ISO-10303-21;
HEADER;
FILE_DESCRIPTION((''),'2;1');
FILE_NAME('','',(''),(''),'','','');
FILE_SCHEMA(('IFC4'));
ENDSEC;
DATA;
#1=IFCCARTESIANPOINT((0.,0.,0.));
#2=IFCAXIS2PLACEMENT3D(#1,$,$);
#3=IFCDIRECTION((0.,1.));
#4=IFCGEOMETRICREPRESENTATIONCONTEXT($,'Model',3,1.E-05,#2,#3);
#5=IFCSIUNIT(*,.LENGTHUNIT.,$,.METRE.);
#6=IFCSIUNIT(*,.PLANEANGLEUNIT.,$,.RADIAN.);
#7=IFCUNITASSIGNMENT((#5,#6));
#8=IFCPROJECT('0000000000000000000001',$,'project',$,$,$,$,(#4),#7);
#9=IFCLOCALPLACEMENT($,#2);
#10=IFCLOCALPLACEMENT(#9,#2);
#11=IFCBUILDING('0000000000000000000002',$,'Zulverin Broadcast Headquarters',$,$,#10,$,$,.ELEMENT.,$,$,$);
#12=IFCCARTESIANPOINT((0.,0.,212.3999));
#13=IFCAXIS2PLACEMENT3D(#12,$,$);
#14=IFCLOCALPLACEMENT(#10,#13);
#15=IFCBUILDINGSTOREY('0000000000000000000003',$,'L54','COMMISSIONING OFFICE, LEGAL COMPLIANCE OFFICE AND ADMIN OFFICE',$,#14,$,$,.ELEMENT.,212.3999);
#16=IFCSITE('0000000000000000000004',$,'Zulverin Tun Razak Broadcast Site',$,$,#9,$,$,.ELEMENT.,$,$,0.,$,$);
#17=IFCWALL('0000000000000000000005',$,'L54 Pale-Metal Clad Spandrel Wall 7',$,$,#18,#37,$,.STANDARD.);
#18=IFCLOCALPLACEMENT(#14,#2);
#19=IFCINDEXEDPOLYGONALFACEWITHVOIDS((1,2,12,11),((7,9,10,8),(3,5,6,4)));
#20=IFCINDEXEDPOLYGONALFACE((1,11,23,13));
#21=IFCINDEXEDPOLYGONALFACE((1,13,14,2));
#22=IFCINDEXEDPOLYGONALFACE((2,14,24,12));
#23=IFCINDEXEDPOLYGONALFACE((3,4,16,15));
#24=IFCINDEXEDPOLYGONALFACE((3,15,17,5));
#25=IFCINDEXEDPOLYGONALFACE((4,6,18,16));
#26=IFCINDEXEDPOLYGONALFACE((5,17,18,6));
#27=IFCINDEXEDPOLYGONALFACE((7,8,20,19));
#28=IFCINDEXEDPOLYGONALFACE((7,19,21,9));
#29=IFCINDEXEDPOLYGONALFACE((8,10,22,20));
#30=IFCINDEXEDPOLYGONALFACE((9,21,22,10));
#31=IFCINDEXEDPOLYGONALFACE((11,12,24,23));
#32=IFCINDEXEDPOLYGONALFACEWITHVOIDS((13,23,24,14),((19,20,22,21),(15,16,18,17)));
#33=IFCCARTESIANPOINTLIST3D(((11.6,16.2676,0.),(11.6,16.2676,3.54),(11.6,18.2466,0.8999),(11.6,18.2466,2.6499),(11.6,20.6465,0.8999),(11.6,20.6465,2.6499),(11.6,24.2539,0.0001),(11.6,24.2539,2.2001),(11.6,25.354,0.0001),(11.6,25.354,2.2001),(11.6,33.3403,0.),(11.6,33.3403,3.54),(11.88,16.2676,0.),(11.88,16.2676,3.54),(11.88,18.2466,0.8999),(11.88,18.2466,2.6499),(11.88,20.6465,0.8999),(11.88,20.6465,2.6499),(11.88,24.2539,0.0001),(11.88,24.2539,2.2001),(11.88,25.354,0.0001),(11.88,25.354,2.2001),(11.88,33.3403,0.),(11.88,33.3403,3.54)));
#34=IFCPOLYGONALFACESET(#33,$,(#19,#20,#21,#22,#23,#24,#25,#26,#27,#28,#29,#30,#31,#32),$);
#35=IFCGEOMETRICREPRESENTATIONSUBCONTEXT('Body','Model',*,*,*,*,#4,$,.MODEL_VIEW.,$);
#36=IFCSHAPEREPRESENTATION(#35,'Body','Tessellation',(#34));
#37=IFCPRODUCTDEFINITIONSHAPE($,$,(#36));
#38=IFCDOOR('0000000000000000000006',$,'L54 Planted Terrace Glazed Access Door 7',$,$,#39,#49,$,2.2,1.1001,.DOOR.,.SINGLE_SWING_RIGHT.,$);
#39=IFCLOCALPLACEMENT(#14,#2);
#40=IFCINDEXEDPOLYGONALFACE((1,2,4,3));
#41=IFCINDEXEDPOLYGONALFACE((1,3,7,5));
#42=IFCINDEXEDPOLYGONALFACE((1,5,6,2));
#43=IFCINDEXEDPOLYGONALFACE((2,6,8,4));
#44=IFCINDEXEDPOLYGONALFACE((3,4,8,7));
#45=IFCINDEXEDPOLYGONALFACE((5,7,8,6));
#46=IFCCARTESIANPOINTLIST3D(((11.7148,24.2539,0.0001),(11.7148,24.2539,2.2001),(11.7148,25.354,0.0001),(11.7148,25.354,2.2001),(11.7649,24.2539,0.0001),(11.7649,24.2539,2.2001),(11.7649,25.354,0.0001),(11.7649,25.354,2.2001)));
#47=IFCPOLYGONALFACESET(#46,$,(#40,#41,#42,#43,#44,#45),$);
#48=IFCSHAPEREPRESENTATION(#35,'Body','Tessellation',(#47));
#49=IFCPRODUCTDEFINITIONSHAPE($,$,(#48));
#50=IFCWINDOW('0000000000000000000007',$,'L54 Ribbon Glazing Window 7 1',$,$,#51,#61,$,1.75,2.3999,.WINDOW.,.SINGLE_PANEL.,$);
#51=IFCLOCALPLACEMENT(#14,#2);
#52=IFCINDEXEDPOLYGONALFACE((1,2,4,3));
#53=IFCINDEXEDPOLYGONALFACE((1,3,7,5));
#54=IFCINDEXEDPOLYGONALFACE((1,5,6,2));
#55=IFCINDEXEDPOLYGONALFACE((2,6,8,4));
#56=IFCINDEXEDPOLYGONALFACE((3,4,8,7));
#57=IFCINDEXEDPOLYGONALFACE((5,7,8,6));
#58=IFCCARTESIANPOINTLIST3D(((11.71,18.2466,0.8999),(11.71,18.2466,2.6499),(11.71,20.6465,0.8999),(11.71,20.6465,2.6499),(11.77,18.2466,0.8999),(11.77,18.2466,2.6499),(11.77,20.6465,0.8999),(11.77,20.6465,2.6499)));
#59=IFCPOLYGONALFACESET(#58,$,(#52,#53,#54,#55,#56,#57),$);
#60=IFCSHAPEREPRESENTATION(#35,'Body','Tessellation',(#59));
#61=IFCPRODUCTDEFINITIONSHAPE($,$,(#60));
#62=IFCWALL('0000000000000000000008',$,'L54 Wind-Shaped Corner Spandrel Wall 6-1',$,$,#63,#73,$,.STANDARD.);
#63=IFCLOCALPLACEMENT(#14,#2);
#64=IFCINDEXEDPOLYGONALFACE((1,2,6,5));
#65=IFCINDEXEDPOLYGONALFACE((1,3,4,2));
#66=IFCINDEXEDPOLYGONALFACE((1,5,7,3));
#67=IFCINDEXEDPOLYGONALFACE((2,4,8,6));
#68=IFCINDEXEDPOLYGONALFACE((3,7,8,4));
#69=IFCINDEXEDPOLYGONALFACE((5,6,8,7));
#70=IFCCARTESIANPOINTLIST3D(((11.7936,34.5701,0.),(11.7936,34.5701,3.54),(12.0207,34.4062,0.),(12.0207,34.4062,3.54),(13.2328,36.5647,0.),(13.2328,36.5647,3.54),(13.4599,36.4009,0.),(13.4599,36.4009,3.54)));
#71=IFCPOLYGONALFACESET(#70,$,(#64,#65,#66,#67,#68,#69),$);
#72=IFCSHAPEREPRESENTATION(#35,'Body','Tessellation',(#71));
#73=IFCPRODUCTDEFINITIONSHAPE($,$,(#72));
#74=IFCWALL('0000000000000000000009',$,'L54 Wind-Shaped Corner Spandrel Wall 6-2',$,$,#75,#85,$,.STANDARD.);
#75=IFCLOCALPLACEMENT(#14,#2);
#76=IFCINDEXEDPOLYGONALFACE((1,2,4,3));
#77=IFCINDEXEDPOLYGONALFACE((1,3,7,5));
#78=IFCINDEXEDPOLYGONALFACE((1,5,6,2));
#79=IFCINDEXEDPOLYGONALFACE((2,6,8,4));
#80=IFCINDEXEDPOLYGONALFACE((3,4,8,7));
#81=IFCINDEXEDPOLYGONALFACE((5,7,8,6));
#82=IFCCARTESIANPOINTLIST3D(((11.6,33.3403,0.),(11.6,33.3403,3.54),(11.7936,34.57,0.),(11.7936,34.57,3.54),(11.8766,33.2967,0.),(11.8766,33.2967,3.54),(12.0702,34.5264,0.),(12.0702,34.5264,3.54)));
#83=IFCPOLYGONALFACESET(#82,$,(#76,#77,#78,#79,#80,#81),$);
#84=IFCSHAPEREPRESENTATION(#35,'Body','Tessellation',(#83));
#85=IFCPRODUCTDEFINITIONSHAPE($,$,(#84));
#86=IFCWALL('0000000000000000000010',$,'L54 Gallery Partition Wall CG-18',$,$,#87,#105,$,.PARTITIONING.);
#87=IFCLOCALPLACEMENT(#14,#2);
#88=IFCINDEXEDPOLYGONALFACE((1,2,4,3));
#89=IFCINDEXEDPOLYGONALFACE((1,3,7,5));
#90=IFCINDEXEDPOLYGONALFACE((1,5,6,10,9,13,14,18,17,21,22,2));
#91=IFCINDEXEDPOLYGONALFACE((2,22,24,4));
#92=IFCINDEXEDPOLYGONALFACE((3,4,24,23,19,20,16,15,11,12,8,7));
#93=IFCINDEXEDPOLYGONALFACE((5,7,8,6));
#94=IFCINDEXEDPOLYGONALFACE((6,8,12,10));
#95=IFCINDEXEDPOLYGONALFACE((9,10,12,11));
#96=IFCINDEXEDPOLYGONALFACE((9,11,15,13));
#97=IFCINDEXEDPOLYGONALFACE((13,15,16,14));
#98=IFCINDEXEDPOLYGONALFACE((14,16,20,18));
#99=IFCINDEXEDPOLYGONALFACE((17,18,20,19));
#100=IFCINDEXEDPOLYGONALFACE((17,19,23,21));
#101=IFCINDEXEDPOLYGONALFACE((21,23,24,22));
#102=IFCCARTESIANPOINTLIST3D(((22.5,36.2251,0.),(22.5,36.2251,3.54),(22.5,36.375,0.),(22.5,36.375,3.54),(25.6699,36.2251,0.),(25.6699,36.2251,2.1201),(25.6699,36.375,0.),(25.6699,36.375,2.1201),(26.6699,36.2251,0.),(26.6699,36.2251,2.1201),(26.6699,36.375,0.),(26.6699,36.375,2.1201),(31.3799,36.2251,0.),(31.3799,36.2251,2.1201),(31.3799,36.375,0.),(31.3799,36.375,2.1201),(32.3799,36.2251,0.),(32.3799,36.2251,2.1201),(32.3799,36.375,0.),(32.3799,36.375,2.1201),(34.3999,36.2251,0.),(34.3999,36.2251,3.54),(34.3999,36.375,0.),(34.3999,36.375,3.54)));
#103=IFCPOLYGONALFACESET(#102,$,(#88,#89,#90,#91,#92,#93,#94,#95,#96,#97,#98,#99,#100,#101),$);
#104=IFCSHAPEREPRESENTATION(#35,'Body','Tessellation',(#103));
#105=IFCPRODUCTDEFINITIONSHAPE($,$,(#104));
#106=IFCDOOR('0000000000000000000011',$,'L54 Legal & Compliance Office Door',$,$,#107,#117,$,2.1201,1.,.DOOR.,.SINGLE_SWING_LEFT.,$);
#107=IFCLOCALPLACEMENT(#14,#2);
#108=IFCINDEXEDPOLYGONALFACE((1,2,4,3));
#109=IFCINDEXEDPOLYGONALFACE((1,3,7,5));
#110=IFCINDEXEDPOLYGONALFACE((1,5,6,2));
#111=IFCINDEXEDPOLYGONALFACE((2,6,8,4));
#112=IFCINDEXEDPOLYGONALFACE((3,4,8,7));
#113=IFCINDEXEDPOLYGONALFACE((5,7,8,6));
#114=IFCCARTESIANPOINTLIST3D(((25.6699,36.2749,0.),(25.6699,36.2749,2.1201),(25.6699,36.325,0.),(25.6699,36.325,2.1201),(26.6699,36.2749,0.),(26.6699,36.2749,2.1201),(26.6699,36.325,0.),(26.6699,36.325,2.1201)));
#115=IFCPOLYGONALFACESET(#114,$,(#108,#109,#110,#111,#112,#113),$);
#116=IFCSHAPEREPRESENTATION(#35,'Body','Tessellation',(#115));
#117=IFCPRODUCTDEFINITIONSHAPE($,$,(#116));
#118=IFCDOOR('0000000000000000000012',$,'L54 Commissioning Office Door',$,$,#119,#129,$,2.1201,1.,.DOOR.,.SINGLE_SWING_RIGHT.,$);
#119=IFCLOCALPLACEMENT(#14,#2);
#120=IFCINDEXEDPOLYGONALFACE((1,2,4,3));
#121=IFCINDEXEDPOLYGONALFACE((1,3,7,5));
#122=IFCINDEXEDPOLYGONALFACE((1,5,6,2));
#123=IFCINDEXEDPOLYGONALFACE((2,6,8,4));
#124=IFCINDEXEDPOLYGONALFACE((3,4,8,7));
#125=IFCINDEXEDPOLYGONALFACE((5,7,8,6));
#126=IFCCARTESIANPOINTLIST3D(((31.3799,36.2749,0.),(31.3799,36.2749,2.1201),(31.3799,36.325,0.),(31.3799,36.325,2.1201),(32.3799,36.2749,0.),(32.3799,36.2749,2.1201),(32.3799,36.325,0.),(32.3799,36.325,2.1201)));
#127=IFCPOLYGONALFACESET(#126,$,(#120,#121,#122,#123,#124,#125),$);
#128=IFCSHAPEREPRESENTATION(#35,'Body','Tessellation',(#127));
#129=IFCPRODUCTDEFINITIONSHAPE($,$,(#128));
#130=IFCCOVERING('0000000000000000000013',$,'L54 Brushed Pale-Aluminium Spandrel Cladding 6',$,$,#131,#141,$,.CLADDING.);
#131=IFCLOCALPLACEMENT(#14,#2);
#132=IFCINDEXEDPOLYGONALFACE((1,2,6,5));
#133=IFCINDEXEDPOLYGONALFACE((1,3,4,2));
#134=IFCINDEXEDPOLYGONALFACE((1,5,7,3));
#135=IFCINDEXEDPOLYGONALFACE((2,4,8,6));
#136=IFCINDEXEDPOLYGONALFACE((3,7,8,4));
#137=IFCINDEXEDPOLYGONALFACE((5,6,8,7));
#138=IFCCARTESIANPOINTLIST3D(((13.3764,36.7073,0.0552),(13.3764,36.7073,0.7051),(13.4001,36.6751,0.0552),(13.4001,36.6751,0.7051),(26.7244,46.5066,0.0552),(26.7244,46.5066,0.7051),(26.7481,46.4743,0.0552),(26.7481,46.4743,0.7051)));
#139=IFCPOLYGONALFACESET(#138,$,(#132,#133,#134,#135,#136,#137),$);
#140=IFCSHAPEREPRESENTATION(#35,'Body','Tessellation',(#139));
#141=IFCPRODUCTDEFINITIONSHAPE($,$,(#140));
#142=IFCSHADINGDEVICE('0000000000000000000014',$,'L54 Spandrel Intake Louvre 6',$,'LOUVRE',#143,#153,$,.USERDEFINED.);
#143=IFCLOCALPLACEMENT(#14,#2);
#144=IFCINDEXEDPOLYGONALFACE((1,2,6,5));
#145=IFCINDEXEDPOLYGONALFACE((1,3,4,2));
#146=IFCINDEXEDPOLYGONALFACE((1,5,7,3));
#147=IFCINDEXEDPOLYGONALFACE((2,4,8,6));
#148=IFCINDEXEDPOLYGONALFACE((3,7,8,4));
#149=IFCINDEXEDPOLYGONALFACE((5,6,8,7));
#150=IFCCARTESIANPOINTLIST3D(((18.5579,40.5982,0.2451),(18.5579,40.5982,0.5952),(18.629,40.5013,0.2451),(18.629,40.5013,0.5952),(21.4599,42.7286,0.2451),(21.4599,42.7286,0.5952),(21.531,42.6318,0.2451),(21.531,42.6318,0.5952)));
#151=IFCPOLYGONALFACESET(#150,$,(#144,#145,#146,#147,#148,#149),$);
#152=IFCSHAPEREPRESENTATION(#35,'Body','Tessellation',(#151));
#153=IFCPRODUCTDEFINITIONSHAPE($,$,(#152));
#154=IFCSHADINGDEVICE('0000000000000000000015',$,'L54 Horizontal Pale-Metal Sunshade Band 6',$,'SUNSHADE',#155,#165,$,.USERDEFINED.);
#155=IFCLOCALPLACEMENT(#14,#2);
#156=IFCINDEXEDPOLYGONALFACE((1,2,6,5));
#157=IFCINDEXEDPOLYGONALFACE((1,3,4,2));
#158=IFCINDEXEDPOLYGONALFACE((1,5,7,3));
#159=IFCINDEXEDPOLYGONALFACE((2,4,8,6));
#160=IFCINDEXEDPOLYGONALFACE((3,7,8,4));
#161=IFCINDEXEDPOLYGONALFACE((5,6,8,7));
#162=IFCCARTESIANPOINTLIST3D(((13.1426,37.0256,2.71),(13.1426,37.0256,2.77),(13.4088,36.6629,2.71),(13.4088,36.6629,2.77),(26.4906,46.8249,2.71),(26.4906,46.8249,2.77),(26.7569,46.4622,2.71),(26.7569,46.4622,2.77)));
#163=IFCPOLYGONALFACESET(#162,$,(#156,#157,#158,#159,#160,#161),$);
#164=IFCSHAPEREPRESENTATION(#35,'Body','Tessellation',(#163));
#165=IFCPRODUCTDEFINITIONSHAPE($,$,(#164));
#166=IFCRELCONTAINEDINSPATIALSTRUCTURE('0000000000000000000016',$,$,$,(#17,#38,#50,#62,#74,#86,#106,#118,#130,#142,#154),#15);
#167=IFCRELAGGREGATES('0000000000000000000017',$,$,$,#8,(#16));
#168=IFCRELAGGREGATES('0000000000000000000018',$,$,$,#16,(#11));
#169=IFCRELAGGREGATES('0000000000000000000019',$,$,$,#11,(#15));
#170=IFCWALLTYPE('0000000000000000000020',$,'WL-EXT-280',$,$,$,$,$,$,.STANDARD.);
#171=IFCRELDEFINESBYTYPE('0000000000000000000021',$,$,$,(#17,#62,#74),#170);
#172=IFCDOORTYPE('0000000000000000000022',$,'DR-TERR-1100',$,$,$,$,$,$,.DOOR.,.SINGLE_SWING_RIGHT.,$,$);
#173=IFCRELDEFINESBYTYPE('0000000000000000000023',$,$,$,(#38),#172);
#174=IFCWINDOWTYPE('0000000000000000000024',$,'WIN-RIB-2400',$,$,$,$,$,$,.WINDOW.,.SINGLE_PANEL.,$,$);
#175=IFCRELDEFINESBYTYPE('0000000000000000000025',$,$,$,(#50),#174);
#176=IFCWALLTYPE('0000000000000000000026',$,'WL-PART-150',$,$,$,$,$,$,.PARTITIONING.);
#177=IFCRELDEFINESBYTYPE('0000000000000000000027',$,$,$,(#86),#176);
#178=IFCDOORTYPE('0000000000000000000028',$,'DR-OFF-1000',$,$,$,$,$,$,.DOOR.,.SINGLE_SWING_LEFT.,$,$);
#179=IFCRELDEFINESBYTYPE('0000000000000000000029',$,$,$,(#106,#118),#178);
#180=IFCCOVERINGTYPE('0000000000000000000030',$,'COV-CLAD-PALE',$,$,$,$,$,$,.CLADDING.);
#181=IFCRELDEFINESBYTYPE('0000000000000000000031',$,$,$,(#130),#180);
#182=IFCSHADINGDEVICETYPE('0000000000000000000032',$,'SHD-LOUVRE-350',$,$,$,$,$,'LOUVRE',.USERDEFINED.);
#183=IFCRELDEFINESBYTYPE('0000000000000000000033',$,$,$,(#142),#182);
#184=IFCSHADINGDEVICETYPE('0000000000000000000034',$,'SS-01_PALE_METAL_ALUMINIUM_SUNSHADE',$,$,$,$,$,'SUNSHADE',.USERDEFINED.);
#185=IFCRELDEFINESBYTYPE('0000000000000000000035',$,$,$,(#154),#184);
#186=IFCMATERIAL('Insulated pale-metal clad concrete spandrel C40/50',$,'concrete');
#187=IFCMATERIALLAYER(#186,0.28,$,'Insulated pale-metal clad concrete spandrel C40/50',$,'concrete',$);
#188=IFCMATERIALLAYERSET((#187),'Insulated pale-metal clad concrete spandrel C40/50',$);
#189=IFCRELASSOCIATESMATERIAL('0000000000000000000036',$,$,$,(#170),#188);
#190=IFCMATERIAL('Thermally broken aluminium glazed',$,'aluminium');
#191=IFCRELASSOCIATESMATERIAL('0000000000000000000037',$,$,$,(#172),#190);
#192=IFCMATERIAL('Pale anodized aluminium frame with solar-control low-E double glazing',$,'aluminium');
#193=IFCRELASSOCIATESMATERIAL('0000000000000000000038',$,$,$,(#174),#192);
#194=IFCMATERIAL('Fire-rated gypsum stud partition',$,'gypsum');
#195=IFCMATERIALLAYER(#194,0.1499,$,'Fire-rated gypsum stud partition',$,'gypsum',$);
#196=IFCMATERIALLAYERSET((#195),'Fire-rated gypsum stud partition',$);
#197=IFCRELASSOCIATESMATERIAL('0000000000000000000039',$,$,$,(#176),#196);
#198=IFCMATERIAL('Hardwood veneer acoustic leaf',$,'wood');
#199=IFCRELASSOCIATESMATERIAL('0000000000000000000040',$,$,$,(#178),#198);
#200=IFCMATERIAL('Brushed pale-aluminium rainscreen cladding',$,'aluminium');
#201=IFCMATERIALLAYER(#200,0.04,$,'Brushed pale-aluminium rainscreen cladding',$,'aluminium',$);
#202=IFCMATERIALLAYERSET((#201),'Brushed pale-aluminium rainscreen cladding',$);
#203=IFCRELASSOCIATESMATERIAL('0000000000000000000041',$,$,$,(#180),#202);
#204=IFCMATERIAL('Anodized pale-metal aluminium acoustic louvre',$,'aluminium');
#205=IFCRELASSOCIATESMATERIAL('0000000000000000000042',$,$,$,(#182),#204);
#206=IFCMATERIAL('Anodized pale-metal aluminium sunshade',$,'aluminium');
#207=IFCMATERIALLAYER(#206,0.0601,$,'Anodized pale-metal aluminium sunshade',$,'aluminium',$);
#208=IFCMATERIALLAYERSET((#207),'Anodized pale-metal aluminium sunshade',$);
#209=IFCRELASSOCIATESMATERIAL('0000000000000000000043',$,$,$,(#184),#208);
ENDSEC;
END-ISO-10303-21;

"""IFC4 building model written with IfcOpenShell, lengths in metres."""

from ifc_helpers import new_model, si_unit, direction, frame, frame_2d, origin, origin_2d, place, context, subcontext, project, spatial, rectangle, extrude, material, layer, layer_set, type_object, element, fill, save


model = new_model("IFC4")

# Units and contexts
model_context = context("Model", 3, precision=1e-05, world=origin(), true_north=direction((0.0, 1.0)))
body_context = subcontext(model_context, "Body", "Model", "MODEL_VIEW")
ifc_project = project(units=[si_unit("LENGTHUNIT", "METRE"), si_unit("PLANEANGLEUNIT", "RADIAN")], contexts=[model_context])

# Site, building, storey
site_placement = place(None, origin())
site = spatial("IfcSite", under=ifc_project, at=site_placement, Name="Zulverin Tun Razak Broadcast Site", CompositionType="ELEMENT", RefElevation=0.0)
building_placement = place(site_placement, origin())
building = spatial("IfcBuilding", under=site, at=building_placement, Name="Zulverin Broadcast Headquarters", CompositionType="ELEMENT")
storey_placement = place(building_placement, frame((0.0, 0.0, 212.3999)))
storey = spatial("IfcBuildingStorey", under=building, at=storey_placement, Name="L54", Description="COMMISSIONING OFFICE, LEGAL COMPLIANCE OFFICE AND ADMIN OFFICE", CompositionType="ELEMENT", Elevation=212.3999)

# Wall, openings, door, window
ifc_material_1 = material(Name="Insulated pale-metal clad concrete spandrel C40/50", Category="concrete")
ifc_layer_1 = layer(ifc_material_1, 0.28, Name="Insulated pale-metal clad concrete spandrel C40/50", Category="concrete")
ifc_layer_set_1 = layer_set([ifc_layer_1], Name="Insulated pale-metal clad concrete spandrel C40/50")
wall_type_1 = type_object("IfcWallType", Name="WL-EXT-280", PredefinedType="STANDARD", material=ifc_layer_set_1)
wall_1_placement = place(storey_placement, frame((11.74, 33.3403, 0.0), z_axis=(0.0, 0.0, 1.0), x_axis=(0.0, -1.0, 0.0)))
wall_1 = element("IfcWall", 1, at=wall_1_placement, inside=storey, type_object=wall_type_1, Name="L54 Pale-Metal Clad Spandrel Wall 7", PredefinedType="STANDARD", context=body_context, shape_type="SweptSolid", body=[
    extrude(rectangle(XDim=17.0728, YDim=0.28, at=frame_2d((8.5364, 0.0))), origin(), (0.0, 0.0, 1.0), 3.54),
])
opening_1_placement = place(wall_1_placement, frame((7.9863, 0.0, 0.0)))
opening_1 = element("IfcOpeningElement", 2, at=opening_1_placement, cuts=wall_1, PredefinedType="OPENING", context=body_context, shape_type="SweptSolid", body=[
    extrude(rectangle(XDim=1.1001, YDim=2.2, at=frame_2d((0.55, 1.1001))), frame((0.0, 0.1499, 0.0), z_axis=(0.0, -1.0, 0.0), x_axis=(1.0, 0.0, 0.0)), (0.0, 0.0, 1.0), 0.3),
])
opening_2_placement = place(wall_1_placement, frame((12.6938, 0.0, 0.8999)))
opening_2 = element("IfcOpeningElement", 3, at=opening_2_placement, cuts=wall_1, PredefinedType="OPENING", context=body_context, shape_type="SweptSolid", body=[
    extrude(rectangle(XDim=2.3999, YDim=1.75, at=frame_2d((1.2, 0.875))), frame((0.0, 0.1499, 0.0), z_axis=(0.0, -1.0, 0.0), x_axis=(1.0, 0.0, 0.0)), (0.0, 0.0, 1.0), 0.3),
])
ifc_material_2 = material(Name="Thermally broken aluminium glazed", Category="aluminium")
door_type_1 = type_object("IfcDoorType", Name="DR-TERR-1100", OperationType="SINGLE_SWING_RIGHT", PredefinedType="DOOR", material=ifc_material_2)
door_1_placement = place(opening_1_placement, origin())
door_1 = element("IfcDoor", 4, at=door_1_placement, inside=storey, type_object=door_type_1, Name="L54 Planted Terrace Glazed Access Door 7", OperationType="SINGLE_SWING_RIGHT", OverallHeight=2.2, OverallWidth=1.1001, PredefinedType="DOOR", context=body_context, shape_type="SweptSolid", body=[
    extrude(rectangle(XDim=1.1001, YDim=2.2, at=frame_2d((0.55, 1.1001))), frame((0.0, 0.0249, 0.0), z_axis=(0.0, -1.0, 0.0), x_axis=(1.0, 0.0, 0.0)), (0.0, 0.0, 1.0), 0.05),
])
fill(opening_1, door_1)
ifc_material_3 = material(Name="Pale anodized aluminium frame with solar-control low-E double glazing", Category="aluminium")
window_type = type_object("IfcWindowType", Name="WIN-RIB-2400", PartitioningType="SINGLE_PANEL", PredefinedType="WINDOW", material=ifc_material_3)
window_placement = place(opening_2_placement, origin())
window = element("IfcWindow", 5, at=window_placement, inside=storey, type_object=window_type, Name="L54 Ribbon Glazing Window 7 1", OverallHeight=1.75, OverallWidth=2.3999, PartitioningType="SINGLE_PANEL", PredefinedType="WINDOW", context=body_context, shape_type="SweptSolid", body=[
    extrude(rectangle(XDim=2.3999, YDim=1.75, at=frame_2d((1.2, 0.875))), frame((0.0, 0.03, 0.0), z_axis=(0.0, -1.0, 0.0), x_axis=(1.0, 0.0, 0.0)), (0.0, 0.0, 1.0), 0.0601),
])
fill(opening_2, window)

# Walls
wall_2_placement = place(storey_placement, frame((13.3464, 36.4829, 0.0), z_axis=(0.0, 0.0, 1.0), x_axis=(-0.585128, -0.810941, 0.0)))
element("IfcWall", 6, at=wall_2_placement, inside=storey, type_object=wall_type_1, Name="L54 Wind-Shaped Corner Spandrel Wall 6-1", PredefinedType="STANDARD", context=body_context, shape_type="SweptSolid", body=[
    extrude(rectangle(XDim=2.4597, YDim=0.28, at=frame_2d((1.23, 0.0))), origin(), (0.0, 0.0, 1.0), 3.54),
])
wall_3_placement = place(storey_placement, frame((11.9319, 34.5483, 0.0), z_axis=(0.0, 0.0, 1.0), x_axis=(-0.155519, -0.987833, 0.0)))
element("IfcWall", 7, at=wall_3_placement, inside=storey, type_object=wall_type_1, Name="L54 Wind-Shaped Corner Spandrel Wall 6-2", PredefinedType="STANDARD", context=body_context, shape_type="SweptSolid", body=[
    extrude(rectangle(XDim=1.2449, YDim=0.28, at=frame_2d((0.6226, 0.0))), origin(), (0.0, 0.0, 1.0), 3.54),
])

# Wall, openings, doors
ifc_material_4 = material(Name="Fire-rated gypsum stud partition", Category="gypsum")
ifc_layer_2 = layer(ifc_material_4, 0.1499, Name="Fire-rated gypsum stud partition", Category="gypsum")
ifc_layer_set_2 = layer_set([ifc_layer_2], Name="Fire-rated gypsum stud partition")
wall_type_2 = type_object("IfcWallType", Name="WL-PART-150", PredefinedType="PARTITIONING", material=ifc_layer_set_2)
wall_4_placement = place(storey_placement, frame((22.5, 36.3, 0.0), z_axis=(0.0, 0.0, 1.0), x_axis=(1.0, 0.0, 0.0)))
wall_4 = element("IfcWall", 8, at=wall_4_placement, inside=storey, type_object=wall_type_2, Name="L54 Gallery Partition Wall CG-18", PredefinedType="PARTITIONING", context=body_context, shape_type="SweptSolid", body=[
    extrude(rectangle(XDim=11.8999, YDim=0.1499, at=frame_2d((5.95, 0.0))), origin(), (0.0, 0.0, 1.0), 3.54),
])
opening_3_placement = place(wall_4_placement, frame((3.1699, 0.0, 0.0)))
opening_3 = element("IfcOpeningElement", 9, at=opening_3_placement, cuts=wall_4, PredefinedType="OPENING", context=body_context, shape_type="SweptSolid", body=[
    extrude(rectangle(XDim=1.0, YDim=2.1201, at=frame_2d((0.5, 1.0601))), frame((0.0, 0.085, 0.0), z_axis=(0.0, -1.0, 0.0), x_axis=(1.0, 0.0, 0.0)), (0.0, 0.0, 1.0), 0.1699),
])
opening_4_placement = place(wall_4_placement, frame((8.8799, 0.0, 0.0)))
opening_4 = element("IfcOpeningElement", 10, at=opening_4_placement, cuts=wall_4, PredefinedType="OPENING", context=body_context, shape_type="SweptSolid", body=[
    extrude(rectangle(XDim=1.0, YDim=2.1201, at=frame_2d((0.5, 1.0601))), frame((0.0, 0.085, 0.0), z_axis=(0.0, -1.0, 0.0), x_axis=(1.0, 0.0, 0.0)), (0.0, 0.0, 1.0), 0.1699),
])
ifc_material_5 = material(Name="Hardwood veneer acoustic leaf", Category="wood")
door_type_2 = type_object("IfcDoorType", Name="DR-OFF-1000", OperationType="SINGLE_SWING_LEFT", PredefinedType="DOOR", material=ifc_material_5)
door_2_placement = place(opening_3_placement, origin())
door_2 = element("IfcDoor", 11, at=door_2_placement, inside=storey, type_object=door_type_2, Name="L54 Legal & Compliance Office Door", OperationType="SINGLE_SWING_LEFT", OverallHeight=2.1201, OverallWidth=1.0, PredefinedType="DOOR", context=body_context, shape_type="SweptSolid", body=[
    extrude(rectangle(XDim=1.0, YDim=2.1201, at=frame_2d((0.5, 1.0601))), frame((0.0, 0.0249, 0.0), z_axis=(0.0, -1.0, 0.0), x_axis=(1.0, 0.0, 0.0)), (0.0, 0.0, 1.0), 0.05),
])
fill(opening_3, door_2)
door_3_placement = place(opening_4_placement, origin())
door_3 = element("IfcDoor", 12, at=door_3_placement, inside=storey, type_object=door_type_2, Name="L54 Commissioning Office Door", OperationType="SINGLE_SWING_RIGHT", OverallHeight=2.1201, OverallWidth=1.0, PredefinedType="DOOR", context=body_context, shape_type="SweptSolid", body=[
    extrude(rectangle(XDim=1.0, YDim=2.1201, at=frame_2d((0.5, 1.0601))), frame((0.0, 0.0249, 0.0), z_axis=(0.0, -1.0, 0.0), x_axis=(1.0, 0.0, 0.0)), (0.0, 0.0, 1.0), 0.05),
])
fill(opening_4, door_3)

# Covering
ifc_material_6 = material(Name="Brushed pale-aluminium rainscreen cladding", Category="aluminium")
ifc_layer_3 = layer(ifc_material_6, 0.04, Name="Brushed pale-aluminium rainscreen cladding", Category="aluminium")
ifc_layer_set_3 = layer_set([ifc_layer_3], Name="Brushed pale-aluminium rainscreen cladding")
covering_type = type_object("IfcCoveringType", Name="COV-CLAD-PALE", PredefinedType="CLADDING", material=ifc_layer_set_3)
covering_placement = place(storey_placement, frame((20.0623, 41.5908, 0.0552), z_axis=(0.0, 0.0, 1.0), x_axis=(-0.806097, -0.591784, 0.0)))
element("IfcCovering", 13, at=covering_placement, inside=storey, type_object=covering_type, Name="L54 Brushed Pale-Aluminium Spandrel Cladding 6", PredefinedType="CLADDING", context=body_context, shape_type="SweptSolid", body=[
    extrude(rectangle(XDim=16.5588, YDim=0.04, at=origin_2d()), origin(), (0.0, 0.0, 1.0), 0.6499),
])

# Shading devices
ifc_material_7 = material(Name="Anodized pale-metal aluminium acoustic louvre", Category="aluminium")
shading_device_type_1 = type_object("IfcShadingDeviceType", Name="SHD-LOUVRE-350", ElementType="LOUVRE", PredefinedType="USERDEFINED", material=ifc_material_7)
shading_device_1_placement = place(storey_placement, frame((20.0444, 41.615, 0.2451), z_axis=(0.0, 0.0, 1.0), x_axis=(-0.806097, -0.591784, 0.0)))
element("IfcShadingDevice", 14, at=shading_device_1_placement, inside=storey, type_object=shading_device_type_1, Name="L54 Spandrel Intake Louvre 6", ObjectType="LOUVRE", PredefinedType="USERDEFINED", context=body_context, shape_type="SweptSolid", body=[
    extrude(rectangle(XDim=3.6001, YDim=0.1201, at=origin_2d()), origin(), (0.0, 0.0, 1.0), 0.3501),
])
ifc_material_8 = material(Name="Anodized pale-metal aluminium sunshade", Category="aluminium")
ifc_layer_4 = layer(ifc_material_8, 0.0601, Name="Anodized pale-metal aluminium sunshade", Category="aluminium")
ifc_layer_set_4 = layer_set([ifc_layer_4], Name="Anodized pale-metal aluminium sunshade")
shading_device_type_2 = type_object("IfcShadingDeviceType", Name="SS-01_PALE_METAL_ALUMINIUM_SUNSHADE", ElementType="SUNSHADE", PredefinedType="USERDEFINED", material=ifc_layer_set_4)
shading_device_2_placement = place(storey_placement, frame((19.9497, 41.7439, 2.71), z_axis=(0.0, 0.0, 1.0), x_axis=(-0.806097, -0.591784, 0.0)))
element("IfcShadingDevice", 15, at=shading_device_2_placement, inside=storey, type_object=shading_device_type_2, Name="L54 Horizontal Pale-Metal Sunshade Band 6", ObjectType="SUNSHADE", PredefinedType="USERDEFINED", context=body_context, shape_type="SweptSolid", body=[
    extrude(rectangle(XDim=16.5588, YDim=0.45, at=origin_2d()), origin(), (0.0, 0.0, 1.0), 0.0601),
])

save(model, "model.ifc")
